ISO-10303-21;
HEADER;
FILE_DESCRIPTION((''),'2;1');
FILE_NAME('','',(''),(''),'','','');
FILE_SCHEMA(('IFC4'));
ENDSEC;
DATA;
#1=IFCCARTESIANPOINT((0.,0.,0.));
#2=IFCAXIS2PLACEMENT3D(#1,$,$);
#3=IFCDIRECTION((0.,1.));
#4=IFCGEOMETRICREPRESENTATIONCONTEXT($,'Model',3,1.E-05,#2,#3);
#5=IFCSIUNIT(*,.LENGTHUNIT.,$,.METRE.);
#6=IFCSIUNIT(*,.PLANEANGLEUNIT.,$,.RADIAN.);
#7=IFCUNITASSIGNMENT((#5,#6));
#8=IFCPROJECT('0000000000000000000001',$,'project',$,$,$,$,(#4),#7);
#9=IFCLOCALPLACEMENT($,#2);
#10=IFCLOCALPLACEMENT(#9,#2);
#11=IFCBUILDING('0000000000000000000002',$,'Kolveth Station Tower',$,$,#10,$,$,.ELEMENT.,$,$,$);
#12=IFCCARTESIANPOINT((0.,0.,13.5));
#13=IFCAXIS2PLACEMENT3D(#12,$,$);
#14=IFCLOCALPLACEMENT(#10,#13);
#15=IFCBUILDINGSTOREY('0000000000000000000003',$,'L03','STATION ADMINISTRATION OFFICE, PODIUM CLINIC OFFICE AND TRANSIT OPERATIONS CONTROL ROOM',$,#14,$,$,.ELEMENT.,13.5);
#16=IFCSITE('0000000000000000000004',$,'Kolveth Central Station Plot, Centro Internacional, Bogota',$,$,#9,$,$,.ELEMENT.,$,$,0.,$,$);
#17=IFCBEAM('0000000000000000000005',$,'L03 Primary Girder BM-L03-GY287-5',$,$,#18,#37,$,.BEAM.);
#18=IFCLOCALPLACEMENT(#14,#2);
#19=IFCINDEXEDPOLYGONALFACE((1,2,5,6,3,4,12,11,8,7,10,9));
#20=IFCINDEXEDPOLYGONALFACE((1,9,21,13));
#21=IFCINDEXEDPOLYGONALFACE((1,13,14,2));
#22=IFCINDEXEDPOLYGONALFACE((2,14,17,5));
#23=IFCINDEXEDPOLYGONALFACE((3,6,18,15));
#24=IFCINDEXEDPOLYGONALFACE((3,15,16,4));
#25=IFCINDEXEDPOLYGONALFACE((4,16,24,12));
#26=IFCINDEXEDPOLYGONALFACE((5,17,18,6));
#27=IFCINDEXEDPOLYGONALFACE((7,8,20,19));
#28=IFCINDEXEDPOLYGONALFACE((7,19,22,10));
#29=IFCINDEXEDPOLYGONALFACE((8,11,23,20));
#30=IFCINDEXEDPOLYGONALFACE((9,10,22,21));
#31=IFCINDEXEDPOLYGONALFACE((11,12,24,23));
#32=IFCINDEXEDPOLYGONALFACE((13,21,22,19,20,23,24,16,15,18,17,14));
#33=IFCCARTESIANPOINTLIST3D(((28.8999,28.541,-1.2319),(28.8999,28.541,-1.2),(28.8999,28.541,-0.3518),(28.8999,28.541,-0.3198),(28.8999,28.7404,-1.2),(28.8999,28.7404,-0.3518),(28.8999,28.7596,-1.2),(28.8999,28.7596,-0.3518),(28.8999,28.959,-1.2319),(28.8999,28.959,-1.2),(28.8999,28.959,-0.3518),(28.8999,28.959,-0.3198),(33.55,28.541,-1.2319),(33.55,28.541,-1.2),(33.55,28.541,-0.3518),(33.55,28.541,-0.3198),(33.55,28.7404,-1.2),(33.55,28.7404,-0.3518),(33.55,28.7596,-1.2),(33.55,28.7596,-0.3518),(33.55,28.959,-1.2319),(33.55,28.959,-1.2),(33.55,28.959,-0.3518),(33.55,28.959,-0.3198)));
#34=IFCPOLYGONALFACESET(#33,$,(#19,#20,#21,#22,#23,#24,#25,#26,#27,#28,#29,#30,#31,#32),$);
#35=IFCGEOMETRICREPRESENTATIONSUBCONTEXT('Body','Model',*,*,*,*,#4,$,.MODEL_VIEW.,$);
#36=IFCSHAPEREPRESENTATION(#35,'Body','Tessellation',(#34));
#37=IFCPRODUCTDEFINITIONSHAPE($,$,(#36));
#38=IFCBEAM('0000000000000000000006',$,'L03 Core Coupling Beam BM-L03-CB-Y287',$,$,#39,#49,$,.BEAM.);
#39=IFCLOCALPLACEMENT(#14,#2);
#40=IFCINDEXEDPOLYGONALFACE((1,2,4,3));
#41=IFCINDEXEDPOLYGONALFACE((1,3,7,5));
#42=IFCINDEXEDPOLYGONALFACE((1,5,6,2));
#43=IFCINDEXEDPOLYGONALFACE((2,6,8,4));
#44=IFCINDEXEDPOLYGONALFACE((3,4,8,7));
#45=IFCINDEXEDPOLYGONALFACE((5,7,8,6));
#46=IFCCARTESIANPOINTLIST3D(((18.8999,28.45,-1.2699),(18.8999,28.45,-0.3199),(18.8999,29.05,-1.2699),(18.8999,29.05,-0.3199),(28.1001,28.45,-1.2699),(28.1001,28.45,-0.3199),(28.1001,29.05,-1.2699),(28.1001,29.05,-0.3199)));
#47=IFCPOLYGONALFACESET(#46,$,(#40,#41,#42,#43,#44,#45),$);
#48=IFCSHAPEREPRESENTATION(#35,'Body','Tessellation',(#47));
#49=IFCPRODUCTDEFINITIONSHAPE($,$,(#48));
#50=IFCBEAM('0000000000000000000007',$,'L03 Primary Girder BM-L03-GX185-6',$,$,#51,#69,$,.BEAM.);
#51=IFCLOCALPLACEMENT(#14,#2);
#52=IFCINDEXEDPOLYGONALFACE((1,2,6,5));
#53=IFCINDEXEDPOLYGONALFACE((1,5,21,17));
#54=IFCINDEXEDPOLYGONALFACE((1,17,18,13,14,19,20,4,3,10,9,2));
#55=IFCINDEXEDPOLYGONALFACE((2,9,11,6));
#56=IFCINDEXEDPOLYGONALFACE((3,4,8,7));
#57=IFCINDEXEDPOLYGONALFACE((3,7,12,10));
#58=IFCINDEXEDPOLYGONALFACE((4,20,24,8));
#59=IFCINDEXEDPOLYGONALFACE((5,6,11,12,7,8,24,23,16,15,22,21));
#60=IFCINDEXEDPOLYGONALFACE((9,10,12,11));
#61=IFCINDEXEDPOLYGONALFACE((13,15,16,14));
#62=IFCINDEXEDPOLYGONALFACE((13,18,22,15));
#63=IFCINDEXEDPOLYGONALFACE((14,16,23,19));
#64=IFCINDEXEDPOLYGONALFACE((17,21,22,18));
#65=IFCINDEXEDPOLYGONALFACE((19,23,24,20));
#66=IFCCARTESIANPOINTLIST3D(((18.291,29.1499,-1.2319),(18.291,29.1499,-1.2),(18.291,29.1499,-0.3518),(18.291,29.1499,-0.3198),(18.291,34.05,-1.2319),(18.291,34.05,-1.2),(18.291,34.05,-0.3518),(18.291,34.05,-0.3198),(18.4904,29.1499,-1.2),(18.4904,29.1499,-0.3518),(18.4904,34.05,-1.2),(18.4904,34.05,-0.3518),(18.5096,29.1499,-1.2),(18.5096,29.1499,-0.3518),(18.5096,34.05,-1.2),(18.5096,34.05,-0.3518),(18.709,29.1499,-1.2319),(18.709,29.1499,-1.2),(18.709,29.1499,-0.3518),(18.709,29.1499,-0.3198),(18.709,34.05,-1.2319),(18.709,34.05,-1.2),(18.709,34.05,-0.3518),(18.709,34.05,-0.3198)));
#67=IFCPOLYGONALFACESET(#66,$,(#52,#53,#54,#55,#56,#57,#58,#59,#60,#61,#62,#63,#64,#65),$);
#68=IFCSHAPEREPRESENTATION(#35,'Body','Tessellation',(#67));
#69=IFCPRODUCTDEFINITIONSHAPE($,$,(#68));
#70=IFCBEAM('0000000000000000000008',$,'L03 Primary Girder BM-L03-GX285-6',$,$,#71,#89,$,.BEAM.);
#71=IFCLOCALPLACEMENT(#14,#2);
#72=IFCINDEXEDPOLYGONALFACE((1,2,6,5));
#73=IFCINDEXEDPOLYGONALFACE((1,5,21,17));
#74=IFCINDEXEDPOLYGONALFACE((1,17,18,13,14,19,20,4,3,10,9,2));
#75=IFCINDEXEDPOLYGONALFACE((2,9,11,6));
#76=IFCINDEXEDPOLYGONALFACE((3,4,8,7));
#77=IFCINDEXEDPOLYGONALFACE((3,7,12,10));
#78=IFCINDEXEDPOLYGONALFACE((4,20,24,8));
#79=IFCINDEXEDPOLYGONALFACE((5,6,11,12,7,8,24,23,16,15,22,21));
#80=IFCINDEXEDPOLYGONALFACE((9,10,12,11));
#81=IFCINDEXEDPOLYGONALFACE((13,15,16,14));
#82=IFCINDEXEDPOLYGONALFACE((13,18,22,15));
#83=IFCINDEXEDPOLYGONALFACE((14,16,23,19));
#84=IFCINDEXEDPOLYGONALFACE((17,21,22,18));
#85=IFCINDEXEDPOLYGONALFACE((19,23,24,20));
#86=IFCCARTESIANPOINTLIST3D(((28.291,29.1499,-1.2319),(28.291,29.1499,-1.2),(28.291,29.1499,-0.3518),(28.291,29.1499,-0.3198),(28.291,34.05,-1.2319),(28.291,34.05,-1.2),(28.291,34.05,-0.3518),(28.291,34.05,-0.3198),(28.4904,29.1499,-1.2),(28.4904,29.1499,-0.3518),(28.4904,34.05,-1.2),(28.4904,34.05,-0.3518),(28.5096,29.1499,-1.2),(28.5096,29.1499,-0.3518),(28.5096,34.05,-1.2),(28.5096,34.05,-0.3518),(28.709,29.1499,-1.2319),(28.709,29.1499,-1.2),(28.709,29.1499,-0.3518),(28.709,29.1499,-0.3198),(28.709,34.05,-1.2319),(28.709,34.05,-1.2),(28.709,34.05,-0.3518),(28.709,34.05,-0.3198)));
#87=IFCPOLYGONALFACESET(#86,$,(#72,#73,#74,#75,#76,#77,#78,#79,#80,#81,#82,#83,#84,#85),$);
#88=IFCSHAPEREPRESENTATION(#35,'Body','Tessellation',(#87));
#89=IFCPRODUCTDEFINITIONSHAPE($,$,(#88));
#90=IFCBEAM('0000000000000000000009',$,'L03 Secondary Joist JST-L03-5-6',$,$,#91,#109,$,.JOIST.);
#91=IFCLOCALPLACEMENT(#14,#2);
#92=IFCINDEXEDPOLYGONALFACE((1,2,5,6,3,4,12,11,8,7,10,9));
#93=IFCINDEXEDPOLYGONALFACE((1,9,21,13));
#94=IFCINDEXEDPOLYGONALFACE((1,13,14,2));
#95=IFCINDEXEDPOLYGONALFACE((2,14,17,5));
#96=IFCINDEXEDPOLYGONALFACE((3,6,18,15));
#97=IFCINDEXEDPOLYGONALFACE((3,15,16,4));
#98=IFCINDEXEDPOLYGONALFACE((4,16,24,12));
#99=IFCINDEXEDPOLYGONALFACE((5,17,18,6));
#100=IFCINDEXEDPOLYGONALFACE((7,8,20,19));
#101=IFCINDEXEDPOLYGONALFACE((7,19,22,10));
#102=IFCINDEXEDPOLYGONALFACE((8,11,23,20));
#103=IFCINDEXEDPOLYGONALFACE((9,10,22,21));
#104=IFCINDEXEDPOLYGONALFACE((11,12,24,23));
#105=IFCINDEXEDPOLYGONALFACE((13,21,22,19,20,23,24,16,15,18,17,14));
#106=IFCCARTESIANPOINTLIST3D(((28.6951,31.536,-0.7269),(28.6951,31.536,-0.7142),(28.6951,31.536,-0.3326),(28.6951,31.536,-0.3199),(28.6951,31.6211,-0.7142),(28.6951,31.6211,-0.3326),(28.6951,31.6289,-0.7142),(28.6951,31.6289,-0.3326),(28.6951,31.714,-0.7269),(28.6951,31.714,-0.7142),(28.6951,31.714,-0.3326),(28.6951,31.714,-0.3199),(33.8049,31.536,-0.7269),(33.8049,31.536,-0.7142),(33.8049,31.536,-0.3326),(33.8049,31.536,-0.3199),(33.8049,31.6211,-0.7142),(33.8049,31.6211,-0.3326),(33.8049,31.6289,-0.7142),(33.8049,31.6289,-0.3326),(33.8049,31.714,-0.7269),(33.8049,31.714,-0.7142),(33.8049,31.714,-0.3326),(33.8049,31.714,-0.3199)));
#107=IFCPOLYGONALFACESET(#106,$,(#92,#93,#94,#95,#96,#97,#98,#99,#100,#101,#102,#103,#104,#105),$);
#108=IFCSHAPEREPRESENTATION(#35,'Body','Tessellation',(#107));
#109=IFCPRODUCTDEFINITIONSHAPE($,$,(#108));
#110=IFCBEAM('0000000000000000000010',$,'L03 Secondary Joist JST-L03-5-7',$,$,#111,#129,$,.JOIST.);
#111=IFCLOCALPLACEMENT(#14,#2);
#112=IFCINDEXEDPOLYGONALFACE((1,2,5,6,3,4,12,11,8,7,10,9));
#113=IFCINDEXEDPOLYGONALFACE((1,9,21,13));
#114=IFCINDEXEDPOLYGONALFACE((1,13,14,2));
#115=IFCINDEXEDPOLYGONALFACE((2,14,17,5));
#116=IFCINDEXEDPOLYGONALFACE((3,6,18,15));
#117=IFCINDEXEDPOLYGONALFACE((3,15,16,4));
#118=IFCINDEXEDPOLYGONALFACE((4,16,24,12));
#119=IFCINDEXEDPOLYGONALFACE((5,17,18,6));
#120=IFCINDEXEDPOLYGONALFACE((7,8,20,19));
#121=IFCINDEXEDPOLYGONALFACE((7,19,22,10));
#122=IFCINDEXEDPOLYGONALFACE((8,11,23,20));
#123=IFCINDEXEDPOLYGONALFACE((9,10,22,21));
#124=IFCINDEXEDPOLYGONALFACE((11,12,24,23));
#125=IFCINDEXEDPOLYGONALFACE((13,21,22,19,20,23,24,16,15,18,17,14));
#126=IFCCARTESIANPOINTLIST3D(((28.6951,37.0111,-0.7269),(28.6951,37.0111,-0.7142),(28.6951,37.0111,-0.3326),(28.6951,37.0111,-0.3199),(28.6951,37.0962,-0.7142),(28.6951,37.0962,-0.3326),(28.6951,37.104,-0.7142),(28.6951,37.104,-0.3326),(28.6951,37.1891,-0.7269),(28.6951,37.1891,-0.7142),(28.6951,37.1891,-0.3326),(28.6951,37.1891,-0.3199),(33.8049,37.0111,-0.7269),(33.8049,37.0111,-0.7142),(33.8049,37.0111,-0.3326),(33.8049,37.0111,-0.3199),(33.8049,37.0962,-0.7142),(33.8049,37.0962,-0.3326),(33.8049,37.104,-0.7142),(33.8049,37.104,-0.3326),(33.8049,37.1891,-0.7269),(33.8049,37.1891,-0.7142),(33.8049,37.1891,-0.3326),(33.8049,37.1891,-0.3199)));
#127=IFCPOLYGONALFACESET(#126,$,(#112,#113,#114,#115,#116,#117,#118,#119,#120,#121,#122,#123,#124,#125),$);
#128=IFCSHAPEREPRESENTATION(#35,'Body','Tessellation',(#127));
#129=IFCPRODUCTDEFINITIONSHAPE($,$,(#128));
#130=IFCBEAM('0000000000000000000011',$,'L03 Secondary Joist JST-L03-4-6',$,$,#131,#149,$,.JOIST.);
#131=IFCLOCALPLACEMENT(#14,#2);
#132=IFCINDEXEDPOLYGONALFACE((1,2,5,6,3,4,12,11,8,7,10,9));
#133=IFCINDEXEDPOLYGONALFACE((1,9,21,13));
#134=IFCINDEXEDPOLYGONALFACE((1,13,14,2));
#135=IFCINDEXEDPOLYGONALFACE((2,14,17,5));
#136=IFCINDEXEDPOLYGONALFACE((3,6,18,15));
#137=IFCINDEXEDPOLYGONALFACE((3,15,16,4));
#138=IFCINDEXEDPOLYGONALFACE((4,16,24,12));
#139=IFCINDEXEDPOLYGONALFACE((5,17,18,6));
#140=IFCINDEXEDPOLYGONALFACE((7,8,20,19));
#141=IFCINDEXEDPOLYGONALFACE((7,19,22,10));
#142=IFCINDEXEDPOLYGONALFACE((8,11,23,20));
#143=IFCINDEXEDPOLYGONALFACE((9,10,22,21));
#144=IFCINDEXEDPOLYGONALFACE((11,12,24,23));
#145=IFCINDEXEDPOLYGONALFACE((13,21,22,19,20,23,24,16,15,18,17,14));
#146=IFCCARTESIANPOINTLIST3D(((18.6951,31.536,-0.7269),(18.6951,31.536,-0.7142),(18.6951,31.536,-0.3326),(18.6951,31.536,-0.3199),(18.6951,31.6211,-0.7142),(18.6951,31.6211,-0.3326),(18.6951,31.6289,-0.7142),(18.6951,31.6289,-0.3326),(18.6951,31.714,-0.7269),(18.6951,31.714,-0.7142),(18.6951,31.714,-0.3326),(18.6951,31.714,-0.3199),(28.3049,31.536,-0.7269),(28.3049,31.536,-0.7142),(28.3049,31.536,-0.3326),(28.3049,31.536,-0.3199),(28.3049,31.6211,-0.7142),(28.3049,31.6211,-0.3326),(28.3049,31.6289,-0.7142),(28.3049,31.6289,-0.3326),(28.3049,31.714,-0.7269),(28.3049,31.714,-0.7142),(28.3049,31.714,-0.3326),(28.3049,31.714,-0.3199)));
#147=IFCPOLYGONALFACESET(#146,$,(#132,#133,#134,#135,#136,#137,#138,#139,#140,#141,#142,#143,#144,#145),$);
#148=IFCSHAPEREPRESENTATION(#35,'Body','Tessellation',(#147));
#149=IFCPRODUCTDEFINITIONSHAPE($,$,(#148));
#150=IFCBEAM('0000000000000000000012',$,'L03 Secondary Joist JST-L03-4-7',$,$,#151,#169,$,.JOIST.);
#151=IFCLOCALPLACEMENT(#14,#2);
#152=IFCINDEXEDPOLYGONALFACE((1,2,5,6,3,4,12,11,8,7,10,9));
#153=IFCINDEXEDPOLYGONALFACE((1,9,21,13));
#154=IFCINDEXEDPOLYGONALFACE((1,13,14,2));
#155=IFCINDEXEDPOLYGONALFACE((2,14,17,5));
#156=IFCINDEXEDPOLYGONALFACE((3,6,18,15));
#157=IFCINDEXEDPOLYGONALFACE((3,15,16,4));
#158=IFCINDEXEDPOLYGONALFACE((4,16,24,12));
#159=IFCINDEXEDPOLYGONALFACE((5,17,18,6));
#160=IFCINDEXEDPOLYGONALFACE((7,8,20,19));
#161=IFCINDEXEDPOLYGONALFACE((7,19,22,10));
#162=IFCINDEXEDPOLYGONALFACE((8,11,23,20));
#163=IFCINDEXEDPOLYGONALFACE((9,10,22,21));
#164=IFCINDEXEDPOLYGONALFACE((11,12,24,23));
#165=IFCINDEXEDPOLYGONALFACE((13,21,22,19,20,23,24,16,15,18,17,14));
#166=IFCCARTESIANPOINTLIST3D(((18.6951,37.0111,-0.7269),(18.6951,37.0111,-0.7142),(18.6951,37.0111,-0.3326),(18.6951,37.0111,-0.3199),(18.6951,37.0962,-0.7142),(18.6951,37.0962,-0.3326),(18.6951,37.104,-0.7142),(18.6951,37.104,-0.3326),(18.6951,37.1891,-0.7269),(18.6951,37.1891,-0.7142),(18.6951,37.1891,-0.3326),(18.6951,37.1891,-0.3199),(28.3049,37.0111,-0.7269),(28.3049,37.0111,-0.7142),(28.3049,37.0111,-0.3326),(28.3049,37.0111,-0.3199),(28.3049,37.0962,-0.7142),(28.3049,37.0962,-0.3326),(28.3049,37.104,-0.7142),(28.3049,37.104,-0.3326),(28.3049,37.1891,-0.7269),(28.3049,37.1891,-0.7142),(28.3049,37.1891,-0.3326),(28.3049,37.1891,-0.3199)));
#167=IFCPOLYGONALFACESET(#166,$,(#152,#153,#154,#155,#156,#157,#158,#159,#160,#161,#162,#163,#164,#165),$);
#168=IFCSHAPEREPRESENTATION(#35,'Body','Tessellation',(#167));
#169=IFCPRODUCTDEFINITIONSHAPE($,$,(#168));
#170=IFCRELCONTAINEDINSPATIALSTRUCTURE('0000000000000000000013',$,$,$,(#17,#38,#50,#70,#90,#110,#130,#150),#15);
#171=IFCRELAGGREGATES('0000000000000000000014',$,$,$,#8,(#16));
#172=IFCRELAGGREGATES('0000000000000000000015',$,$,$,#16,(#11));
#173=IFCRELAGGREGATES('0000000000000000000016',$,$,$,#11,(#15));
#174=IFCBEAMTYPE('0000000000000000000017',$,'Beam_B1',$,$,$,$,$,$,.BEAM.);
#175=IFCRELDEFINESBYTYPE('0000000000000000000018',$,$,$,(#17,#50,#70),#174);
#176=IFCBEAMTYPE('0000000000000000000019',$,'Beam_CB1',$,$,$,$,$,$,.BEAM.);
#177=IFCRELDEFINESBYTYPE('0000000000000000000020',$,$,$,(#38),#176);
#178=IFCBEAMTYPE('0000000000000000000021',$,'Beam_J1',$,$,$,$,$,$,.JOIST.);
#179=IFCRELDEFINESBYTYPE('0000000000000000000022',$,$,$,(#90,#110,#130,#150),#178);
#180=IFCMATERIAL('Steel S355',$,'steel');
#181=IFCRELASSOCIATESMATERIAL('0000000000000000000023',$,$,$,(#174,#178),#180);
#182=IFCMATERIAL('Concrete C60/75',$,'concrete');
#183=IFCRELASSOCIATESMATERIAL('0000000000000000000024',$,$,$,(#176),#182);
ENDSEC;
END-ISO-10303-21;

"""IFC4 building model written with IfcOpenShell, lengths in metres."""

from ifc_helpers import new_model, si_unit, direction, frame, origin, origin_2d, place, context, subcontext, project, spatial, rectangle, i_section, extrude, source, transform, mapped, material, material_profile, profile_set, type_object, element, save


model = new_model("IFC4")

# Units and contexts
model_context = context("Model", 3, precision=1e-05, world=origin(), true_north=direction((0.0, 1.0)))
body_context = subcontext(model_context, "Body", "Model", "MODEL_VIEW")
ifc_project = project(units=[si_unit("LENGTHUNIT", "METRE"), si_unit("PLANEANGLEUNIT", "RADIAN")], contexts=[model_context])

# Site, building, storey
site_placement = place(None, origin())
site = spatial("IfcSite", under=ifc_project, at=site_placement, Name="Kolveth Central Station Plot, Centro Internacional, Bogota", CompositionType="ELEMENT", RefElevation=0.0)
building_placement = place(site_placement, origin())
building = spatial("IfcBuilding", under=site, at=building_placement, Name="Kolveth Station Tower", CompositionType="ELEMENT")
storey_placement = place(building_placement, frame((0.0, 0.0, 13.5)))
storey = spatial("IfcBuildingStorey", under=building, at=storey_placement, Name="L03", Description="STATION ADMINISTRATION OFFICE, PODIUM CLINIC OFFICE AND TRANSIT OPERATIONS CONTROL ROOM", CompositionType="ELEMENT", Elevation=13.5)

# Beams
ifc_material_1 = material(Name="Steel S355", Category="steel")
ifc_material_profile_1 = material_profile(ifc_material_1, i_section(OverallWidth=0.418, OverallDepth=0.9121, WebThickness=0.0193, FlangeThickness=0.032, at=origin_2d()), Name="W920x342")
ifc_profile_set_1 = profile_set([ifc_material_profile_1], Name="Steel S355")
beam_type_1 = type_object("IfcBeamType", Name="Beam_B1", PredefinedType="BEAM", material=ifc_profile_set_1)
shared_shape_1 = source(origin(), body_context, "Body", "SweptSolid", [
    extrude(i_section(OverallWidth=0.418, OverallDepth=0.9121, WebThickness=0.0193, FlangeThickness=0.032, at=origin_2d()), origin(), (0.0, 0.0, 1.0), 4.6501),
])
beam_1_placement = place(storey_placement, frame((28.8999, 28.75, -0.7759), z_axis=(1.0, 0.0, 0.0), x_axis=(0.0, 1.0, 0.0)))
element("IfcBeam", 1, at=beam_1_placement, inside=storey, type_object=beam_type_1, Name="L03 Primary Girder BM-L03-GY287-5", PredefinedType="BEAM", context=body_context, shape_type="MappedRepresentation", body=[
    mapped(shared_shape_1, transform((0.0, 0.0, 0.0), x_axis=(1.0, 0.0, 0.0), y_axis=(0.0, 1.0, 0.0), z_axis=(0.0, 0.0, 1.0), scale=1.0)),
])
ifc_material_2 = material(Name="Concrete C60/75", Category="concrete")
ifc_material_profile_2 = material_profile(ifc_material_2, rectangle(XDim=0.6001, YDim=0.95, at=origin_2d()), Name="RC-600x950")
ifc_profile_set_2 = profile_set([ifc_material_profile_2], Name="Concrete C60/75")
beam_type_2 = type_object("IfcBeamType", Name="Beam_CB1", PredefinedType="BEAM", material=ifc_profile_set_2)
shared_shape_2 = source(origin(), body_context, "Body", "SweptSolid", [
    extrude(rectangle(XDim=0.6001, YDim=0.95, at=origin_2d()), origin(), (0.0, 0.0, 1.0), 9.2002),
])
beam_2_placement = place(storey_placement, frame((18.8999, 28.75, -0.7949), z_axis=(1.0, 0.0, 0.0), x_axis=(0.0, 1.0, 0.0)))
element("IfcBeam", 2, at=beam_2_placement, inside=storey, type_object=beam_type_2, Name="L03 Core Coupling Beam BM-L03-CB-Y287", PredefinedType="BEAM", context=body_context, shape_type="MappedRepresentation", body=[
    mapped(shared_shape_2, transform((0.0, 0.0, 0.0), x_axis=(1.0, 0.0, 0.0), y_axis=(0.0, 1.0, 0.0), z_axis=(0.0, 0.0, 1.0), scale=1.0)),
])
shared_shape_3 = source(origin(), body_context, "Body", "SweptSolid", [
    extrude(i_section(OverallWidth=0.418, OverallDepth=0.9121, WebThickness=0.0193, FlangeThickness=0.032, at=origin_2d()), origin(), (0.0, 0.0, 1.0), 4.9001),
])
for number, where, z_axis, x_axis, name in (
    (3, (18.5, 29.1499, -0.7759), (0.0, 1.0, 0.0), (-1.0, 0.0, 0.0), "L03 Primary Girder BM-L03-GX185-6"),
    (4, (28.5, 29.1499, -0.7759), (0.0, 1.0, 0.0), (-1.0, 0.0, 0.0), "L03 Primary Girder BM-L03-GX285-6"),
):
    element("IfcBeam", number, at=place(storey_placement, frame(where, z_axis=z_axis, x_axis=x_axis)), inside=storey, type_object=beam_type_1, Name=name, PredefinedType="BEAM", context=body_context, shape_type="MappedRepresentation", body=[
        mapped(shared_shape_3, transform((0.0, 0.0, 0.0), x_axis=(1.0, 0.0, 0.0), y_axis=(0.0, 1.0, 0.0), z_axis=(0.0, 0.0, 1.0), scale=1.0)),
    ])
ifc_material_profile_3 = material_profile(ifc_material_1, i_section(OverallWidth=0.178, OverallDepth=0.407, WebThickness=0.0078, FlangeThickness=0.0127, at=origin_2d()), Name="W410x60")
ifc_profile_set_3 = profile_set([ifc_material_profile_3], Name="Steel S355")
beam_type_3 = type_object("IfcBeamType", Name="Beam_J1", PredefinedType="JOIST", material=ifc_profile_set_3)
shared_shape_4 = source(origin(), body_context, "Body", "SweptSolid", [
    extrude(i_section(OverallWidth=0.178, OverallDepth=0.407, WebThickness=0.0078, FlangeThickness=0.0127, at=origin_2d()), origin(), (0.0, 0.0, 1.0), 5.1099),
])
for number, where, z_axis, x_axis, name in (
    (5, (28.6951, 31.625, -0.5234), (1.0, 0.0, 0.0), (0.0, 1.0, 0.0), "L03 Secondary Joist JST-L03-5-6"),
    (6, (28.6951, 37.1001, -0.5234), (1.0, 0.0, 0.0), (0.0, 1.0, 0.0), "L03 Secondary Joist JST-L03-5-7"),
):
    element("IfcBeam", number, at=place(storey_placement, frame(where, z_axis=z_axis, x_axis=x_axis)), inside=storey, type_object=beam_type_3, Name=name, PredefinedType="JOIST", context=body_context, shape_type="MappedRepresentation", body=[
        mapped(shared_shape_4, transform((0.0, 0.0, 0.0), x_axis=(1.0, 0.0, 0.0), y_axis=(0.0, 1.0, 0.0), z_axis=(0.0, 0.0, 1.0), scale=1.0)),
    ])
shared_shape_5 = source(origin(), body_context, "Body", "SweptSolid", [
    extrude(i_section(OverallWidth=0.178, OverallDepth=0.407, WebThickness=0.0078, FlangeThickness=0.0127, at=origin_2d()), origin(), (0.0, 0.0, 1.0), 9.6099),
])
for number, where, z_axis, x_axis, name in (
    (7, (18.6951, 31.625, -0.5234), (1.0, 0.0, 0.0), (0.0, 1.0, 0.0), "L03 Secondary Joist JST-L03-4-6"),
    (8, (18.6951, 37.1001, -0.5234), (1.0, 0.0, 0.0), (0.0, 1.0, 0.0), "L03 Secondary Joist JST-L03-4-7"),
):
    element("IfcBeam", number, at=place(storey_placement, frame(where, z_axis=z_axis, x_axis=x_axis)), inside=storey, type_object=beam_type_3, Name=name, PredefinedType="JOIST", context=body_context, shape_type="MappedRepresentation", body=[
        mapped(shared_shape_5, transform((0.0, 0.0, 0.0), x_axis=(1.0, 0.0, 0.0), y_axis=(0.0, 1.0, 0.0), z_axis=(0.0, 0.0, 1.0), scale=1.0)),
    ])

save(model, "model.ifc")
